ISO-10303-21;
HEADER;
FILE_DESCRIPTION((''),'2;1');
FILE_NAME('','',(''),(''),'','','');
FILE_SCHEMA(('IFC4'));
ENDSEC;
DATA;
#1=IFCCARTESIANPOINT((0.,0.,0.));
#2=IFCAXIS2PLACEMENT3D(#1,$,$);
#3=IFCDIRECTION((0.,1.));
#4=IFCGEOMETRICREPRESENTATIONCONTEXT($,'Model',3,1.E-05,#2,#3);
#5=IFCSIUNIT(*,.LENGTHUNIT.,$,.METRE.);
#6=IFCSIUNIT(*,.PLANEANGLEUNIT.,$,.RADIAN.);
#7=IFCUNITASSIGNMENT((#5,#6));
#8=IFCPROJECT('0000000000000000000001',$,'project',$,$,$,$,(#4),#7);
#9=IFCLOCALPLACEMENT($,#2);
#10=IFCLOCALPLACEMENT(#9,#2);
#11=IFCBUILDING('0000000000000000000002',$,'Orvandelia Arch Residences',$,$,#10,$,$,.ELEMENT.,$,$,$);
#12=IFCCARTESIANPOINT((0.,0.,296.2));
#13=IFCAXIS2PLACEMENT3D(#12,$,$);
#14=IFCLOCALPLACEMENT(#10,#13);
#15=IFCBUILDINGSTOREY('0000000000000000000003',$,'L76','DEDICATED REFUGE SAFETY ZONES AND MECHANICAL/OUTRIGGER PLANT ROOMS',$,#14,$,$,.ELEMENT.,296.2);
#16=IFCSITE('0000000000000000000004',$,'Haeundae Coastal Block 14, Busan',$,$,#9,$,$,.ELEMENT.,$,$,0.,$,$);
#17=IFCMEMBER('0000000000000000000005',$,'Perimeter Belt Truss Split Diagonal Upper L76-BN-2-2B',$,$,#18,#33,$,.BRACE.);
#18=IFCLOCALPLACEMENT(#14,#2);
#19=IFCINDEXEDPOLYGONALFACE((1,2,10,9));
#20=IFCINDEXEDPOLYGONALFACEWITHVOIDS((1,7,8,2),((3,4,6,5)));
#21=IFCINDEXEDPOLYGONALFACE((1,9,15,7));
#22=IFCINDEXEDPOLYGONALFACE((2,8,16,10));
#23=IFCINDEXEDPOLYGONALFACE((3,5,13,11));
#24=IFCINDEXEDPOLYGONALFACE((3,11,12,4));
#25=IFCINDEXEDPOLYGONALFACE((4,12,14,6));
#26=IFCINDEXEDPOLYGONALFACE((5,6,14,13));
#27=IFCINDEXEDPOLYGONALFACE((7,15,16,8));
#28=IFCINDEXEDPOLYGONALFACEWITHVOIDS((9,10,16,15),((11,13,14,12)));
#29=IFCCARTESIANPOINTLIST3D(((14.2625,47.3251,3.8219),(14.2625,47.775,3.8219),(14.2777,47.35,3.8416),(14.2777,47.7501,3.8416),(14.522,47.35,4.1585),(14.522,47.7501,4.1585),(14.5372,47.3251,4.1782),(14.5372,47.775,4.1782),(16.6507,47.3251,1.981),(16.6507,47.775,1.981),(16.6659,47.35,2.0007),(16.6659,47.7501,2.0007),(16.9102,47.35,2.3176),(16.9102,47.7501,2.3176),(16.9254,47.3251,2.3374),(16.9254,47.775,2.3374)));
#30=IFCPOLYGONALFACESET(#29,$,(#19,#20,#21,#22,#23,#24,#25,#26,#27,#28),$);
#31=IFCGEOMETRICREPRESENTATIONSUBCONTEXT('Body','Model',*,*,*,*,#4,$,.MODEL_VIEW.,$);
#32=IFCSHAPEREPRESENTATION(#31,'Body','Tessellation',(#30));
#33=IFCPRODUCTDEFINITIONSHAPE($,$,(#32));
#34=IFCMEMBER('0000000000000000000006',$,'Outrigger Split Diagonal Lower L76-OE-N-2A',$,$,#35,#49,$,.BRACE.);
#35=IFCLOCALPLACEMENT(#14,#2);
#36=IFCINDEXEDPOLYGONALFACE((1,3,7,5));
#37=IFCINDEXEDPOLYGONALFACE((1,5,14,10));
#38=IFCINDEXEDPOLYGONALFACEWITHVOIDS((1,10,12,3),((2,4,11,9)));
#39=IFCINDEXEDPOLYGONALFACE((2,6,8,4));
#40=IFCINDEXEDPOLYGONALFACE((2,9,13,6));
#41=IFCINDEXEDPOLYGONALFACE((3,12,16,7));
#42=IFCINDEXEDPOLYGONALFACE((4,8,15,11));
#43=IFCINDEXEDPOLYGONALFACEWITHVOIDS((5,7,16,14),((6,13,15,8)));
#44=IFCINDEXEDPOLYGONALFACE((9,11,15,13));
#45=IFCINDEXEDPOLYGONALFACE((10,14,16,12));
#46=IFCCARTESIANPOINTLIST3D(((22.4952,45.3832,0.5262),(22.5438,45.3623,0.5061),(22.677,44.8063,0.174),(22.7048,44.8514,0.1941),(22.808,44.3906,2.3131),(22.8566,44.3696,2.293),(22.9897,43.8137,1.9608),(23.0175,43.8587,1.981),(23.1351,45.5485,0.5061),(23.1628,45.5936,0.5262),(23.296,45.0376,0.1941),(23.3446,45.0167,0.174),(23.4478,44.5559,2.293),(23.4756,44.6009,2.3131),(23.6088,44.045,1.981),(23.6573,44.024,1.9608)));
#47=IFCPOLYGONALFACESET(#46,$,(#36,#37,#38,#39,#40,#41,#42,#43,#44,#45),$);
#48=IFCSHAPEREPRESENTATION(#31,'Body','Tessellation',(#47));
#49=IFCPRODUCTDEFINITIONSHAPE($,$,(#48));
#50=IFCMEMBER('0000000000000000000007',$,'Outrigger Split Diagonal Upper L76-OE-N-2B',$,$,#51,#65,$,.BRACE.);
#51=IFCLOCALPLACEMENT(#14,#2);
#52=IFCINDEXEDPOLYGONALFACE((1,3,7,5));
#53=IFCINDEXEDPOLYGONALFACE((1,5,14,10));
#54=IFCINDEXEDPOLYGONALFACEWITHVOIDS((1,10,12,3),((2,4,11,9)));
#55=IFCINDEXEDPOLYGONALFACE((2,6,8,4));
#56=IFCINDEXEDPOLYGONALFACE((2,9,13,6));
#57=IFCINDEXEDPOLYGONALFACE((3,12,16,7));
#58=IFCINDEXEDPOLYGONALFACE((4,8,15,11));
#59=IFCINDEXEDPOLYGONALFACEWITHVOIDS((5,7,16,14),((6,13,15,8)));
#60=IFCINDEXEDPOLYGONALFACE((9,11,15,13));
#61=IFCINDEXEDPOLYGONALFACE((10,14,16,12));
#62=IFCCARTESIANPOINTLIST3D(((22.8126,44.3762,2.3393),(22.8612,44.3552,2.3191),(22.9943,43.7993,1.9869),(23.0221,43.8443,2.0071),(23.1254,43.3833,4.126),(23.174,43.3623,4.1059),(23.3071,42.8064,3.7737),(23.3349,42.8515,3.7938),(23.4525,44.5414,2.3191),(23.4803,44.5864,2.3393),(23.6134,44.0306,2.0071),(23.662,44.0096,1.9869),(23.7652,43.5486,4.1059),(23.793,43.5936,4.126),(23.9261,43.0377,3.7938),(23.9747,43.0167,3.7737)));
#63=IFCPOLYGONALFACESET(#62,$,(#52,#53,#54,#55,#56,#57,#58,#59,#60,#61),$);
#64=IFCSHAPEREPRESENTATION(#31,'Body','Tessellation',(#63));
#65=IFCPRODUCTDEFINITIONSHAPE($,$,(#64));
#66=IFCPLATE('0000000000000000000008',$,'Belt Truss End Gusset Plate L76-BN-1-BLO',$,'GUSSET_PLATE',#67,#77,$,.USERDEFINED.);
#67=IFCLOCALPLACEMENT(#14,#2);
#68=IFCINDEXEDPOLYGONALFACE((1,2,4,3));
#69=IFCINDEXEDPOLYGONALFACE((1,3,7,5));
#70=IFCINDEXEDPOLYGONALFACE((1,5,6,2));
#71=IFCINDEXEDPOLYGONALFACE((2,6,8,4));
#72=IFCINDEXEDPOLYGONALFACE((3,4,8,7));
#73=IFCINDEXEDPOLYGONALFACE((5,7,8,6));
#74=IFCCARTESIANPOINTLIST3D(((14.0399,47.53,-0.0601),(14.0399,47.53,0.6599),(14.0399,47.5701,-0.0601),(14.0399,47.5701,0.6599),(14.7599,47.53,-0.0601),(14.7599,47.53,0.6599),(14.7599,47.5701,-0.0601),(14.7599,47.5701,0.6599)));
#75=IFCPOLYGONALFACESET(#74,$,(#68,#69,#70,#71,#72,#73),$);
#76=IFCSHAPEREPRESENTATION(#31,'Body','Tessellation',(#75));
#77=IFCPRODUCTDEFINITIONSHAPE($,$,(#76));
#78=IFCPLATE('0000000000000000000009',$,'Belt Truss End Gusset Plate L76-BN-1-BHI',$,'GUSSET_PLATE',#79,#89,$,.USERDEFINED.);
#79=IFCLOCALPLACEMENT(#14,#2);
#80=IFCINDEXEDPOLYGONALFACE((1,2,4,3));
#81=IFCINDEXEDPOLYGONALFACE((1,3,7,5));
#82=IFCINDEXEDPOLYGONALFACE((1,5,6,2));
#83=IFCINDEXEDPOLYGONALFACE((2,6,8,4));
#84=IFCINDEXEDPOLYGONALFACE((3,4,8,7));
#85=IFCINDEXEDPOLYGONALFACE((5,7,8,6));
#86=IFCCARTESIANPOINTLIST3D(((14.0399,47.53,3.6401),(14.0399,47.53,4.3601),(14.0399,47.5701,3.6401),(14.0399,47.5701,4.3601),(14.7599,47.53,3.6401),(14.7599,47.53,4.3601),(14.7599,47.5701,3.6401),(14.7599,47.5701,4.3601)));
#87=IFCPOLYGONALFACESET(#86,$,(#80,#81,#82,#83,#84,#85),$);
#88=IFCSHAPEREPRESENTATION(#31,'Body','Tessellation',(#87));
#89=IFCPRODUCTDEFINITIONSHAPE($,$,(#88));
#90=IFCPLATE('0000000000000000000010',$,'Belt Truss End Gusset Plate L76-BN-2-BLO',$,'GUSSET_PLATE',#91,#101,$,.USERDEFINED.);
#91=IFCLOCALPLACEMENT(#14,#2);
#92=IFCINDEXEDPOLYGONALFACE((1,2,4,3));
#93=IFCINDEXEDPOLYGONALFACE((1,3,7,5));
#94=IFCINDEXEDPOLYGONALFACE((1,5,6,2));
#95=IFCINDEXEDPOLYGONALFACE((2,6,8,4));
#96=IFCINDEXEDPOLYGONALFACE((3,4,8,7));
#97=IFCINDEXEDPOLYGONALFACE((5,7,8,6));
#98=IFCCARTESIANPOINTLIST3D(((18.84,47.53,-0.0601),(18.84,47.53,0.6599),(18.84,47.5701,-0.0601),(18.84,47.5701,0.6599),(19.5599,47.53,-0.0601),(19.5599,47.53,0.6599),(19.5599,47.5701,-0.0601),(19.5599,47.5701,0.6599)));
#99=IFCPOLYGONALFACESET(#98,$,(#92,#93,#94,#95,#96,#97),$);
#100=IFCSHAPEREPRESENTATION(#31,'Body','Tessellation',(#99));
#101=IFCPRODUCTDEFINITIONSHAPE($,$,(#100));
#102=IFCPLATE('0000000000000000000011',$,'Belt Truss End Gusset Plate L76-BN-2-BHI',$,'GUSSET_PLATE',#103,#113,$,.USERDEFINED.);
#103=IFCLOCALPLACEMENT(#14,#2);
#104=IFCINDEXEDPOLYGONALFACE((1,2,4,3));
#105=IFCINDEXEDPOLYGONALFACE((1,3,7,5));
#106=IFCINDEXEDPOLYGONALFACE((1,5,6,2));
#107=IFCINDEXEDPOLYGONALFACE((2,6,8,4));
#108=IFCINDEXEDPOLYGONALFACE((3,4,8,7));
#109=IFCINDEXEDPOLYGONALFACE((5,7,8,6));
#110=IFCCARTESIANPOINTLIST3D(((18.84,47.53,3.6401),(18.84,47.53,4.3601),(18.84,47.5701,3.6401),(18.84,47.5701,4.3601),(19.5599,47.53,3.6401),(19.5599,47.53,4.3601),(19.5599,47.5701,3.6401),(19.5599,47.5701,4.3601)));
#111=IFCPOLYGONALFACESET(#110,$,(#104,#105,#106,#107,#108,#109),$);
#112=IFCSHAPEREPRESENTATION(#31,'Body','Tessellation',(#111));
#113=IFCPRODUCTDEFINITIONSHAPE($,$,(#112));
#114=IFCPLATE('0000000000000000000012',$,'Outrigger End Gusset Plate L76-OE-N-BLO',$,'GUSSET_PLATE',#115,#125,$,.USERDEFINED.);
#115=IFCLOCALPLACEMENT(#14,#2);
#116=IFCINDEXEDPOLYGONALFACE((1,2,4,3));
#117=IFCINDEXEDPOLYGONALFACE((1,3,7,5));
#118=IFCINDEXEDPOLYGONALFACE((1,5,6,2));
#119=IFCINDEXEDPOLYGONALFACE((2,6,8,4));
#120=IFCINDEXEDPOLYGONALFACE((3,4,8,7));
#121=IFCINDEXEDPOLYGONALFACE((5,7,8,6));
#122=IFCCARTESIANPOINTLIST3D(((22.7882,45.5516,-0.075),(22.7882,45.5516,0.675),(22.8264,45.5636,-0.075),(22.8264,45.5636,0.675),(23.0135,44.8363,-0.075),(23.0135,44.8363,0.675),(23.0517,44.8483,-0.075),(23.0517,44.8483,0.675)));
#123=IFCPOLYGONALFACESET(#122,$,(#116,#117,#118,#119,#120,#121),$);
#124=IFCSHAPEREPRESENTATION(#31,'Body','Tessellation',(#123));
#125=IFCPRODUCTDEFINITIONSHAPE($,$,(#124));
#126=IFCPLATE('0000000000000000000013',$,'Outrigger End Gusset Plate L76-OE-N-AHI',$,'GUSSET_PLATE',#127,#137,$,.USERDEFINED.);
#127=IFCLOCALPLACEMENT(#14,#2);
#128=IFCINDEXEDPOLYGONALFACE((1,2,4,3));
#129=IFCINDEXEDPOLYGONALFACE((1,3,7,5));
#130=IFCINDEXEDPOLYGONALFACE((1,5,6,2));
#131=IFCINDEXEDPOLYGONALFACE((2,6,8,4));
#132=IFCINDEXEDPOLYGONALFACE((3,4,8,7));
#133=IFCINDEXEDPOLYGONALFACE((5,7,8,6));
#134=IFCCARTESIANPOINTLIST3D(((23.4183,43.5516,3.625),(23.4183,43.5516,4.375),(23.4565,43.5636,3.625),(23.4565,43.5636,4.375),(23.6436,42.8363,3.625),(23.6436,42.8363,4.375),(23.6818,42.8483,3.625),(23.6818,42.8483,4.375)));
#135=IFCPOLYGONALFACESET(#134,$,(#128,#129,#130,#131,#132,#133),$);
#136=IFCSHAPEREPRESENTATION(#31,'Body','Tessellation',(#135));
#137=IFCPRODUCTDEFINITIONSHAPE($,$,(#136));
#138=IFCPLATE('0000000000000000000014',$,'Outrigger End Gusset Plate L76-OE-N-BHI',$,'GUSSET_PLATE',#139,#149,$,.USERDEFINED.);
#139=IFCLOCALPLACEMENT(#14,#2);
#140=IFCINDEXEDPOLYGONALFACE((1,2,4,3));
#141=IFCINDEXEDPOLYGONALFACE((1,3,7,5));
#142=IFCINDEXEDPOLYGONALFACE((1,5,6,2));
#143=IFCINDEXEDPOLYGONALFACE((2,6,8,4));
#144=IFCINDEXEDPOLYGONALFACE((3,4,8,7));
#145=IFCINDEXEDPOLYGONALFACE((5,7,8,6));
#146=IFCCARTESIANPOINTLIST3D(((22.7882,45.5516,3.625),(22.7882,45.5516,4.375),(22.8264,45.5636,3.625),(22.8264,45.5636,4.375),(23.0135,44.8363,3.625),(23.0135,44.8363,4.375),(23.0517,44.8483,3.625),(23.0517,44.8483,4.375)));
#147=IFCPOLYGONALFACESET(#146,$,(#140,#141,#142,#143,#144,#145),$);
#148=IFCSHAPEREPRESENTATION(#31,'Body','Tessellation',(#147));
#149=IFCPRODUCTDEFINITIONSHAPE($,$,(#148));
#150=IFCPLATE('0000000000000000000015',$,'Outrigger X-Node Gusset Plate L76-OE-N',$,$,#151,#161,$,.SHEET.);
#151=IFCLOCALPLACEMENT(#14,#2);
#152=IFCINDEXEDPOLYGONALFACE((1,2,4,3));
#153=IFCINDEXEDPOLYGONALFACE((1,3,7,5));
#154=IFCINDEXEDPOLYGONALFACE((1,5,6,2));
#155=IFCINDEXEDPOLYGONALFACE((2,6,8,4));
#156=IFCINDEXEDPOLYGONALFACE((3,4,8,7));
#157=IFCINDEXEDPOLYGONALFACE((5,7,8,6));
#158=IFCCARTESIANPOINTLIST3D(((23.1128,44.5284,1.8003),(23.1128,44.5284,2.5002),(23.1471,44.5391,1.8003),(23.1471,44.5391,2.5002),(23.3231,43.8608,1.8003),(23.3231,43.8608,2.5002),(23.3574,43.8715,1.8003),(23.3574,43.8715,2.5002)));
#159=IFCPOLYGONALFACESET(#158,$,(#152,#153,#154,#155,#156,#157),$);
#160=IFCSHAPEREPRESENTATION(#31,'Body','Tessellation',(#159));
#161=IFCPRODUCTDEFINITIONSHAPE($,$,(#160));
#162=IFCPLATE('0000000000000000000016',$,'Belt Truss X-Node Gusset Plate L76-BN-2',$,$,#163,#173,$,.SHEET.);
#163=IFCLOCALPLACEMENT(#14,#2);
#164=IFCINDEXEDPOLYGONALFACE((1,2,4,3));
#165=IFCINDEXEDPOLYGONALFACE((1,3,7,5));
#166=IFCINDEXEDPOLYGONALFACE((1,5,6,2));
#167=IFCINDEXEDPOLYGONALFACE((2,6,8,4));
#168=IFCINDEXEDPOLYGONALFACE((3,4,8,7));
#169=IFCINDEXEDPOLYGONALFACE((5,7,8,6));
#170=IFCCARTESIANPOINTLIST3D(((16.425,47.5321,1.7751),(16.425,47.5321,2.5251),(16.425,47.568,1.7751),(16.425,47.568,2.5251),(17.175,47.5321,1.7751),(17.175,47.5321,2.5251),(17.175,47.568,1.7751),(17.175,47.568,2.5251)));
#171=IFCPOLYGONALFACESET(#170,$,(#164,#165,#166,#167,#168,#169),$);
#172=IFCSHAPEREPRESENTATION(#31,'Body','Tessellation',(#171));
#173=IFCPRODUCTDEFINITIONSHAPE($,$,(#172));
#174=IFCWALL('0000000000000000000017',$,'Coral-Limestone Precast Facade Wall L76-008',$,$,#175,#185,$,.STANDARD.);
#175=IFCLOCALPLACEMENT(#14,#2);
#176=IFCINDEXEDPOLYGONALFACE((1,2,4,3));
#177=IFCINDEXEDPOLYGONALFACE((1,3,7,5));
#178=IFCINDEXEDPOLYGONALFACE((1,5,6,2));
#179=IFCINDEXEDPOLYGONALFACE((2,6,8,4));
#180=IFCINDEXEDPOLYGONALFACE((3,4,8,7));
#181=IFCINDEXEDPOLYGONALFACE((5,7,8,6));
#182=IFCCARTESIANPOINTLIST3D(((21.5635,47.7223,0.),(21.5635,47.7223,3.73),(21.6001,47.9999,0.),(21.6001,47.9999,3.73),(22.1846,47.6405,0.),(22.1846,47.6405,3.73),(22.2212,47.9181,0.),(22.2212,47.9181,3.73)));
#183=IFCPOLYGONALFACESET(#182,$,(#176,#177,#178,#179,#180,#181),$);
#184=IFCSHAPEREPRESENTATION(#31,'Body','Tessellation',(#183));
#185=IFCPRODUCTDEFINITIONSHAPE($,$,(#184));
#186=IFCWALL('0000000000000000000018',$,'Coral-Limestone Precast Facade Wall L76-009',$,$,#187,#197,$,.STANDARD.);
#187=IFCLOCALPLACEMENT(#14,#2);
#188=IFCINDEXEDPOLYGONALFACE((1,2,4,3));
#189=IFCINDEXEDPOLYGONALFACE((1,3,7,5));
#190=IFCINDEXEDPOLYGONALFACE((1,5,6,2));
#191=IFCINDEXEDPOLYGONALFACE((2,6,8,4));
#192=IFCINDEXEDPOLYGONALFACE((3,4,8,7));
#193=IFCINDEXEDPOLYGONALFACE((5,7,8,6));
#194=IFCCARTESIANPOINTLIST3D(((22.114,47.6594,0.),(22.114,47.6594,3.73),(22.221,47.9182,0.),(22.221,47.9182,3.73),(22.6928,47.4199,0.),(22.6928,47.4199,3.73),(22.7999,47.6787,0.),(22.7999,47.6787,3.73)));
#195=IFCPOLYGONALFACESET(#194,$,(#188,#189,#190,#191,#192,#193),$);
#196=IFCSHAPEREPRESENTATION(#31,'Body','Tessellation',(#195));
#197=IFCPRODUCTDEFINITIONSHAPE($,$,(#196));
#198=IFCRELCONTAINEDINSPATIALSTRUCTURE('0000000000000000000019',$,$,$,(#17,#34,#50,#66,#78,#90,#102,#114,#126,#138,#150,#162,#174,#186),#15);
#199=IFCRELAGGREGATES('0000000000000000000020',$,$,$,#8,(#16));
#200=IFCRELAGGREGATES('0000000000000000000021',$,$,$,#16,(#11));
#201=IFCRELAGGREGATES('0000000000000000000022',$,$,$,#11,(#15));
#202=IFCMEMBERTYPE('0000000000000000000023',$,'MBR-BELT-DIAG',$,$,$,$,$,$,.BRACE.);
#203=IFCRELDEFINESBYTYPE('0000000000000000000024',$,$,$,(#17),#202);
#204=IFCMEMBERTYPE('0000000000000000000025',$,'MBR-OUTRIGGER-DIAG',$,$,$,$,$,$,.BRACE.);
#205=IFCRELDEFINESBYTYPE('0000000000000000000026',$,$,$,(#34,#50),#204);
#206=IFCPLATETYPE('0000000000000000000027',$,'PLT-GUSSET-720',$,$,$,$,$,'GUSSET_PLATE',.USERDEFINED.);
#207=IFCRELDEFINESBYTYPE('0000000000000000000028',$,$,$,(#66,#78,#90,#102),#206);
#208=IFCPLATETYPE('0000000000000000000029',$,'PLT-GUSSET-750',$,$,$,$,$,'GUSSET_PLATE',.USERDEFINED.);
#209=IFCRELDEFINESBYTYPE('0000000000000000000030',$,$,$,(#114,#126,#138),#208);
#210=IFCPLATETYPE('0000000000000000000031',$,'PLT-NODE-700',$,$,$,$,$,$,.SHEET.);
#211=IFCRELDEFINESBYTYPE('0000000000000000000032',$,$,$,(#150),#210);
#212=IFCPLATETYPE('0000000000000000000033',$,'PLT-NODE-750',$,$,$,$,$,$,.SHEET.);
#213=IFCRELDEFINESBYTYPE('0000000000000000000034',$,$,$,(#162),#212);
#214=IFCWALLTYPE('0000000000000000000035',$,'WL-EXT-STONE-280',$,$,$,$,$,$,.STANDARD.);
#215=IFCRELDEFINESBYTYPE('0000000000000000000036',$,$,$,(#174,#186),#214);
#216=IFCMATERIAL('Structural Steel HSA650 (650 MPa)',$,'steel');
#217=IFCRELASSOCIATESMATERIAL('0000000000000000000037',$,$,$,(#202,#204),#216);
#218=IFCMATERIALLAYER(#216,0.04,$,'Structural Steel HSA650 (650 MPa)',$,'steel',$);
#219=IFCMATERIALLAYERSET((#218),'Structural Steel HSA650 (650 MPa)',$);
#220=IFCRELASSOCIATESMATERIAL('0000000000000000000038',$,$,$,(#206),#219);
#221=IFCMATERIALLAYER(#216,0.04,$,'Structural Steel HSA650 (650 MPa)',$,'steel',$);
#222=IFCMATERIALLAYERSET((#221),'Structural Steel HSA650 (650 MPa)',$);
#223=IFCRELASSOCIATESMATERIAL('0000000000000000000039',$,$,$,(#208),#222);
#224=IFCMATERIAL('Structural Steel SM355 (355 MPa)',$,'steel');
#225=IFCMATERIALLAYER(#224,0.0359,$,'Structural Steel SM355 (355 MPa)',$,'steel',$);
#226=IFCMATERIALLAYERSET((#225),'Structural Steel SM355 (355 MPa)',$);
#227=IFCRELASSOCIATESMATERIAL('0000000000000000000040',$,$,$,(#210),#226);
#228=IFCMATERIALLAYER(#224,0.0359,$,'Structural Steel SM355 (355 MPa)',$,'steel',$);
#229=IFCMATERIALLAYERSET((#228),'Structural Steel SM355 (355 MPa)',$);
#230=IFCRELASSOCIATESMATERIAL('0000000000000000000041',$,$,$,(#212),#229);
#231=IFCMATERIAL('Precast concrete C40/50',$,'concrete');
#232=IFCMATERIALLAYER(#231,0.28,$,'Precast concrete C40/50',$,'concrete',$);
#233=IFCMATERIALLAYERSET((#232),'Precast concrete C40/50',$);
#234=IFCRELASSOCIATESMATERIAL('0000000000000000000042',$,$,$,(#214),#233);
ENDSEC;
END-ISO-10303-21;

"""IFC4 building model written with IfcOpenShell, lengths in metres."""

from ifc_helpers import new_model, si_unit, direction, frame, frame_2d, origin, origin_2d, place, context, subcontext, project, spatial, rectangle, hollow_rectangle, extrude, material, layer, layer_set, material_profile, profile_set, type_object, element, save


model = new_model("IFC4")

# Units and contexts
model_context = context("Model", 3, precision=1e-05, world=origin(), true_north=direction((0.0, 1.0)))
body_context = subcontext(model_context, "Body", "Model", "MODEL_VIEW")
ifc_project = project(units=[si_unit("LENGTHUNIT", "METRE"), si_unit("PLANEANGLEUNIT", "RADIAN")], contexts=[model_context])

# Site, building, storey
site_placement = place(None, origin())
site = spatial("IfcSite", under=ifc_project, at=site_placement, Name="Haeundae Coastal Block 14, Busan", CompositionType="ELEMENT", RefElevation=0.0)
building_placement = place(site_placement, origin())
building = spatial("IfcBuilding", under=site, at=building_placement, Name="Orvandelia Arch Residences", CompositionType="ELEMENT")
storey_placement = place(building_placement, frame((0.0, 0.0, 296.2)))
storey = spatial("IfcBuildingStorey", under=building, at=storey_placement, Name="L76", Description="DEDICATED REFUGE SAFETY ZONES AND MECHANICAL/OUTRIGGER PLANT ROOMS", CompositionType="ELEMENT", Elevation=296.2)

# Shared definitions
ifc_material_1 = material(Name="Structural Steel SM355 (355 MPa)", Category="steel")

# Members
ifc_material_2 = material(Name="Structural Steel HSA650 (650 MPa)", Category="steel")
ifc_material_profile_1 = material_profile(ifc_material_2, hollow_rectangle(XDim=0.45, YDim=0.45, WallThickness=0.0249, at=origin_2d()), Name="Structural Steel HSA650 (650 MPa)", Category="steel")
ifc_profile_set_1 = profile_set([ifc_material_profile_1], Name="Structural Steel HSA650 (650 MPa)")
member_type_1 = type_object("IfcMemberType", Name="MBR-BELT-DIAG", PredefinedType="BRACE", material=ifc_profile_set_1)
member_1_placement = place(storey_placement, frame((16.7881, 47.55, 2.1592), z_axis=(-0.792022, 0.0, 0.610493), x_axis=(0.0, -1.0, 0.0)))
element("IfcMember", 1, at=member_1_placement, inside=storey, type_object=member_type_1, Name="Perimeter Belt Truss Split Diagonal Upper L76-BN-2-2B", PredefinedType="BRACE", context=body_context, shape_type="SweptSolid", body=[
    extrude(hollow_rectangle(XDim=0.45, YDim=0.45, WallThickness=0.0249, at=origin_2d()), origin(), (0.0, 0.0, 1.0), 3.0154),
])
ifc_material_profile_2 = material_profile(ifc_material_2, hollow_rectangle(XDim=0.7, YDim=0.7, WallThickness=0.04, at=origin_2d()), Name="Structural Steel HSA650 (650 MPa)", Category="steel")
ifc_profile_set_2 = profile_set([ifc_material_profile_2], Name="Structural Steel HSA650 (650 MPa)")
member_type_2 = type_object("IfcMemberType", Name="MBR-OUTRIGGER-DIAG", PredefinedType="BRACE", material=ifc_profile_set_2)
for number, where, z_axis, x_axis, name in (
    (2, (22.9199, 45.2, 0.3501), (0.151239, -0.480047, 0.864108), (0.953785, 0.300491, 0.0), "Outrigger Split Diagonal Lower L76-OE-N-2A"),
    (3, (23.2373, 44.1929, 2.1631), (0.151231, -0.480137, 0.864059), (0.953806, 0.300424, 0.0), "Outrigger Split Diagonal Upper L76-OE-N-2B"),
):
    element("IfcMember", number, at=place(storey_placement, frame(where, z_axis=z_axis, x_axis=x_axis)), inside=storey, type_object=member_type_2, Name=name, PredefinedType="BRACE", context=body_context, shape_type="SweptSolid", body=[
        extrude(hollow_rectangle(XDim=0.7, YDim=0.7, WallThickness=0.04, at=origin_2d()), origin(), (0.0, 0.0, 1.0), 2.0679),
    ])

# Plates
ifc_layer_1 = layer(ifc_material_2, 0.04, Name="Structural Steel HSA650 (650 MPa)", Category="steel")
ifc_layer_set_1 = layer_set([ifc_layer_1], Name="Structural Steel HSA650 (650 MPa)")
plate_type_1 = type_object("IfcPlateType", Name="PLT-GUSSET-720", ElementType="GUSSET_PLATE", PredefinedType="USERDEFINED", material=ifc_layer_set_1)
for number, where, z_axis, x_axis, name in (
    (4, (14.3999, 47.55, -0.0601), (0.0, 0.0, 1.0), (1.0, 0.0, 0.0), "Belt Truss End Gusset Plate L76-BN-1-BLO"),
    (5, (14.3999, 47.55, 3.6401), (0.0, 0.0, 1.0), (1.0, 0.0, 0.0), "Belt Truss End Gusset Plate L76-BN-1-BHI"),
    (6, (19.2, 47.55, -0.0601), (0.0, 0.0, 1.0), (1.0, 0.0, 0.0), "Belt Truss End Gusset Plate L76-BN-2-BLO"),
    (7, (19.2, 47.55, 3.6401), (0.0, 0.0, 1.0), (1.0, 0.0, 0.0), "Belt Truss End Gusset Plate L76-BN-2-BHI"),
):
    element("IfcPlate", number, at=place(storey_placement, frame(where, z_axis=z_axis, x_axis=x_axis)), inside=storey, type_object=plate_type_1, Name=name, ObjectType="GUSSET_PLATE", PredefinedType="USERDEFINED", context=body_context, shape_type="SweptSolid", body=[
        extrude(rectangle(XDim=0.72, YDim=0.04, at=origin_2d()), origin(), (0.0, 0.0, 1.0), 0.72),
    ])
ifc_layer_2 = layer(ifc_material_2, 0.04, Name="Structural Steel HSA650 (650 MPa)", Category="steel")
ifc_layer_set_2 = layer_set([ifc_layer_2], Name="Structural Steel HSA650 (650 MPa)")
plate_type_2 = type_object("IfcPlateType", Name="PLT-GUSSET-750", ElementType="GUSSET_PLATE", PredefinedType="USERDEFINED", material=ifc_layer_set_2)
for number, where, z_axis, x_axis, name in (
    (8, (22.9199, 45.2, -0.075), (0.0, 0.0, 1.0), (-0.300439, 0.953801, 0.0), "Outrigger End Gusset Plate L76-OE-N-BLO"),
    (9, (23.55, 43.2, 3.625), (0.0, 0.0, 1.0), (-0.300439, 0.953801, 0.0), "Outrigger End Gusset Plate L76-OE-N-AHI"),
    (10, (22.9199, 45.2, 3.625), (0.0, 0.0, 1.0), (-0.300439, 0.953801, 0.0), "Outrigger End Gusset Plate L76-OE-N-BHI"),
):
    element("IfcPlate", number, at=place(storey_placement, frame(where, z_axis=z_axis, x_axis=x_axis)), inside=storey, type_object=plate_type_2, Name=name, ObjectType="GUSSET_PLATE", PredefinedType="USERDEFINED", context=body_context, shape_type="SweptSolid", body=[
        extrude(rectangle(XDim=0.75, YDim=0.04, at=origin_2d()), origin(), (0.0, 0.0, 1.0), 0.75),
    ])
ifc_layer_3 = layer(ifc_material_1, 0.0359, Name="Structural Steel SM355 (355 MPa)", Category="steel")
ifc_layer_set_3 = layer_set([ifc_layer_3], Name="Structural Steel SM355 (355 MPa)")
plate_type_3 = type_object("IfcPlateType", Name="PLT-NODE-700", PredefinedType="SHEET", material=ifc_layer_set_3)
plate_1_placement = place(storey_placement, frame((23.2351, 44.2, 1.8003), z_axis=(0.0, 0.0, 1.0), x_axis=(-0.300439, 0.953801, 0.0)))
element("IfcPlate", 11, at=plate_1_placement, inside=storey, type_object=plate_type_3, Name="Outrigger X-Node Gusset Plate L76-OE-N", PredefinedType="SHEET", context=body_context, shape_type="SweptSolid", body=[
    extrude(rectangle(XDim=0.7, YDim=0.0359, at=origin_2d()), origin(), (0.0, 0.0, 1.0), 0.7),
])
ifc_layer_4 = layer(ifc_material_1, 0.0359, Name="Structural Steel SM355 (355 MPa)", Category="steel")
ifc_layer_set_4 = layer_set([ifc_layer_4], Name="Structural Steel SM355 (355 MPa)")
plate_type_4 = type_object("IfcPlateType", Name="PLT-NODE-750", PredefinedType="SHEET", material=ifc_layer_set_4)
plate_2_placement = place(storey_placement, frame((16.8, 47.55, 1.7751), z_axis=(0.0, 0.0, 1.0), x_axis=(1.0, 0.0, 0.0)))
element("IfcPlate", 12, at=plate_2_placement, inside=storey, type_object=plate_type_4, Name="Belt Truss X-Node Gusset Plate L76-BN-2", PredefinedType="SHEET", context=body_context, shape_type="SweptSolid", body=[
    extrude(rectangle(XDim=0.75, YDim=0.0359, at=origin_2d()), origin(), (0.0, 0.0, 1.0), 0.75),
])

# Walls
ifc_material_3 = material(Name="Precast concrete C40/50", Category="concrete")
ifc_layer_5 = layer(ifc_material_3, 0.28, Name="Precast concrete C40/50", Category="concrete")
ifc_layer_set_5 = layer_set([ifc_layer_5], Name="Precast concrete C40/50")
wall_type = type_object("IfcWallType", Name="WL-EXT-STONE-280", PredefinedType="STANDARD", material=ifc_layer_set_5)
for number, where, z_axis, x_axis, name in (
    (13, (21.5818, 47.8611, 0.0), (0.0, 0.0, 1.0), (0.991441, -0.130555, 0.0), "Coral-Limestone Precast Facade Wall L76-008"),
    (14, (22.1675, 47.7888, 0.0), (0.0, 0.0, 1.0), (0.924031, -0.382317, 0.0), "Coral-Limestone Precast Facade Wall L76-009"),
):
    element("IfcWall", number, at=place(storey_placement, frame(where, z_axis=z_axis, x_axis=x_axis)), inside=storey, type_object=wall_type, Name=name, PredefinedType="STANDARD", context=body_context, shape_type="SweptSolid", body=[
        extrude(rectangle(XDim=0.6265, YDim=0.28, at=frame_2d((0.3132, 0.0))), origin(), (0.0, 0.0, 1.0), 3.73),
    ])

save(model, "model.ifc")
